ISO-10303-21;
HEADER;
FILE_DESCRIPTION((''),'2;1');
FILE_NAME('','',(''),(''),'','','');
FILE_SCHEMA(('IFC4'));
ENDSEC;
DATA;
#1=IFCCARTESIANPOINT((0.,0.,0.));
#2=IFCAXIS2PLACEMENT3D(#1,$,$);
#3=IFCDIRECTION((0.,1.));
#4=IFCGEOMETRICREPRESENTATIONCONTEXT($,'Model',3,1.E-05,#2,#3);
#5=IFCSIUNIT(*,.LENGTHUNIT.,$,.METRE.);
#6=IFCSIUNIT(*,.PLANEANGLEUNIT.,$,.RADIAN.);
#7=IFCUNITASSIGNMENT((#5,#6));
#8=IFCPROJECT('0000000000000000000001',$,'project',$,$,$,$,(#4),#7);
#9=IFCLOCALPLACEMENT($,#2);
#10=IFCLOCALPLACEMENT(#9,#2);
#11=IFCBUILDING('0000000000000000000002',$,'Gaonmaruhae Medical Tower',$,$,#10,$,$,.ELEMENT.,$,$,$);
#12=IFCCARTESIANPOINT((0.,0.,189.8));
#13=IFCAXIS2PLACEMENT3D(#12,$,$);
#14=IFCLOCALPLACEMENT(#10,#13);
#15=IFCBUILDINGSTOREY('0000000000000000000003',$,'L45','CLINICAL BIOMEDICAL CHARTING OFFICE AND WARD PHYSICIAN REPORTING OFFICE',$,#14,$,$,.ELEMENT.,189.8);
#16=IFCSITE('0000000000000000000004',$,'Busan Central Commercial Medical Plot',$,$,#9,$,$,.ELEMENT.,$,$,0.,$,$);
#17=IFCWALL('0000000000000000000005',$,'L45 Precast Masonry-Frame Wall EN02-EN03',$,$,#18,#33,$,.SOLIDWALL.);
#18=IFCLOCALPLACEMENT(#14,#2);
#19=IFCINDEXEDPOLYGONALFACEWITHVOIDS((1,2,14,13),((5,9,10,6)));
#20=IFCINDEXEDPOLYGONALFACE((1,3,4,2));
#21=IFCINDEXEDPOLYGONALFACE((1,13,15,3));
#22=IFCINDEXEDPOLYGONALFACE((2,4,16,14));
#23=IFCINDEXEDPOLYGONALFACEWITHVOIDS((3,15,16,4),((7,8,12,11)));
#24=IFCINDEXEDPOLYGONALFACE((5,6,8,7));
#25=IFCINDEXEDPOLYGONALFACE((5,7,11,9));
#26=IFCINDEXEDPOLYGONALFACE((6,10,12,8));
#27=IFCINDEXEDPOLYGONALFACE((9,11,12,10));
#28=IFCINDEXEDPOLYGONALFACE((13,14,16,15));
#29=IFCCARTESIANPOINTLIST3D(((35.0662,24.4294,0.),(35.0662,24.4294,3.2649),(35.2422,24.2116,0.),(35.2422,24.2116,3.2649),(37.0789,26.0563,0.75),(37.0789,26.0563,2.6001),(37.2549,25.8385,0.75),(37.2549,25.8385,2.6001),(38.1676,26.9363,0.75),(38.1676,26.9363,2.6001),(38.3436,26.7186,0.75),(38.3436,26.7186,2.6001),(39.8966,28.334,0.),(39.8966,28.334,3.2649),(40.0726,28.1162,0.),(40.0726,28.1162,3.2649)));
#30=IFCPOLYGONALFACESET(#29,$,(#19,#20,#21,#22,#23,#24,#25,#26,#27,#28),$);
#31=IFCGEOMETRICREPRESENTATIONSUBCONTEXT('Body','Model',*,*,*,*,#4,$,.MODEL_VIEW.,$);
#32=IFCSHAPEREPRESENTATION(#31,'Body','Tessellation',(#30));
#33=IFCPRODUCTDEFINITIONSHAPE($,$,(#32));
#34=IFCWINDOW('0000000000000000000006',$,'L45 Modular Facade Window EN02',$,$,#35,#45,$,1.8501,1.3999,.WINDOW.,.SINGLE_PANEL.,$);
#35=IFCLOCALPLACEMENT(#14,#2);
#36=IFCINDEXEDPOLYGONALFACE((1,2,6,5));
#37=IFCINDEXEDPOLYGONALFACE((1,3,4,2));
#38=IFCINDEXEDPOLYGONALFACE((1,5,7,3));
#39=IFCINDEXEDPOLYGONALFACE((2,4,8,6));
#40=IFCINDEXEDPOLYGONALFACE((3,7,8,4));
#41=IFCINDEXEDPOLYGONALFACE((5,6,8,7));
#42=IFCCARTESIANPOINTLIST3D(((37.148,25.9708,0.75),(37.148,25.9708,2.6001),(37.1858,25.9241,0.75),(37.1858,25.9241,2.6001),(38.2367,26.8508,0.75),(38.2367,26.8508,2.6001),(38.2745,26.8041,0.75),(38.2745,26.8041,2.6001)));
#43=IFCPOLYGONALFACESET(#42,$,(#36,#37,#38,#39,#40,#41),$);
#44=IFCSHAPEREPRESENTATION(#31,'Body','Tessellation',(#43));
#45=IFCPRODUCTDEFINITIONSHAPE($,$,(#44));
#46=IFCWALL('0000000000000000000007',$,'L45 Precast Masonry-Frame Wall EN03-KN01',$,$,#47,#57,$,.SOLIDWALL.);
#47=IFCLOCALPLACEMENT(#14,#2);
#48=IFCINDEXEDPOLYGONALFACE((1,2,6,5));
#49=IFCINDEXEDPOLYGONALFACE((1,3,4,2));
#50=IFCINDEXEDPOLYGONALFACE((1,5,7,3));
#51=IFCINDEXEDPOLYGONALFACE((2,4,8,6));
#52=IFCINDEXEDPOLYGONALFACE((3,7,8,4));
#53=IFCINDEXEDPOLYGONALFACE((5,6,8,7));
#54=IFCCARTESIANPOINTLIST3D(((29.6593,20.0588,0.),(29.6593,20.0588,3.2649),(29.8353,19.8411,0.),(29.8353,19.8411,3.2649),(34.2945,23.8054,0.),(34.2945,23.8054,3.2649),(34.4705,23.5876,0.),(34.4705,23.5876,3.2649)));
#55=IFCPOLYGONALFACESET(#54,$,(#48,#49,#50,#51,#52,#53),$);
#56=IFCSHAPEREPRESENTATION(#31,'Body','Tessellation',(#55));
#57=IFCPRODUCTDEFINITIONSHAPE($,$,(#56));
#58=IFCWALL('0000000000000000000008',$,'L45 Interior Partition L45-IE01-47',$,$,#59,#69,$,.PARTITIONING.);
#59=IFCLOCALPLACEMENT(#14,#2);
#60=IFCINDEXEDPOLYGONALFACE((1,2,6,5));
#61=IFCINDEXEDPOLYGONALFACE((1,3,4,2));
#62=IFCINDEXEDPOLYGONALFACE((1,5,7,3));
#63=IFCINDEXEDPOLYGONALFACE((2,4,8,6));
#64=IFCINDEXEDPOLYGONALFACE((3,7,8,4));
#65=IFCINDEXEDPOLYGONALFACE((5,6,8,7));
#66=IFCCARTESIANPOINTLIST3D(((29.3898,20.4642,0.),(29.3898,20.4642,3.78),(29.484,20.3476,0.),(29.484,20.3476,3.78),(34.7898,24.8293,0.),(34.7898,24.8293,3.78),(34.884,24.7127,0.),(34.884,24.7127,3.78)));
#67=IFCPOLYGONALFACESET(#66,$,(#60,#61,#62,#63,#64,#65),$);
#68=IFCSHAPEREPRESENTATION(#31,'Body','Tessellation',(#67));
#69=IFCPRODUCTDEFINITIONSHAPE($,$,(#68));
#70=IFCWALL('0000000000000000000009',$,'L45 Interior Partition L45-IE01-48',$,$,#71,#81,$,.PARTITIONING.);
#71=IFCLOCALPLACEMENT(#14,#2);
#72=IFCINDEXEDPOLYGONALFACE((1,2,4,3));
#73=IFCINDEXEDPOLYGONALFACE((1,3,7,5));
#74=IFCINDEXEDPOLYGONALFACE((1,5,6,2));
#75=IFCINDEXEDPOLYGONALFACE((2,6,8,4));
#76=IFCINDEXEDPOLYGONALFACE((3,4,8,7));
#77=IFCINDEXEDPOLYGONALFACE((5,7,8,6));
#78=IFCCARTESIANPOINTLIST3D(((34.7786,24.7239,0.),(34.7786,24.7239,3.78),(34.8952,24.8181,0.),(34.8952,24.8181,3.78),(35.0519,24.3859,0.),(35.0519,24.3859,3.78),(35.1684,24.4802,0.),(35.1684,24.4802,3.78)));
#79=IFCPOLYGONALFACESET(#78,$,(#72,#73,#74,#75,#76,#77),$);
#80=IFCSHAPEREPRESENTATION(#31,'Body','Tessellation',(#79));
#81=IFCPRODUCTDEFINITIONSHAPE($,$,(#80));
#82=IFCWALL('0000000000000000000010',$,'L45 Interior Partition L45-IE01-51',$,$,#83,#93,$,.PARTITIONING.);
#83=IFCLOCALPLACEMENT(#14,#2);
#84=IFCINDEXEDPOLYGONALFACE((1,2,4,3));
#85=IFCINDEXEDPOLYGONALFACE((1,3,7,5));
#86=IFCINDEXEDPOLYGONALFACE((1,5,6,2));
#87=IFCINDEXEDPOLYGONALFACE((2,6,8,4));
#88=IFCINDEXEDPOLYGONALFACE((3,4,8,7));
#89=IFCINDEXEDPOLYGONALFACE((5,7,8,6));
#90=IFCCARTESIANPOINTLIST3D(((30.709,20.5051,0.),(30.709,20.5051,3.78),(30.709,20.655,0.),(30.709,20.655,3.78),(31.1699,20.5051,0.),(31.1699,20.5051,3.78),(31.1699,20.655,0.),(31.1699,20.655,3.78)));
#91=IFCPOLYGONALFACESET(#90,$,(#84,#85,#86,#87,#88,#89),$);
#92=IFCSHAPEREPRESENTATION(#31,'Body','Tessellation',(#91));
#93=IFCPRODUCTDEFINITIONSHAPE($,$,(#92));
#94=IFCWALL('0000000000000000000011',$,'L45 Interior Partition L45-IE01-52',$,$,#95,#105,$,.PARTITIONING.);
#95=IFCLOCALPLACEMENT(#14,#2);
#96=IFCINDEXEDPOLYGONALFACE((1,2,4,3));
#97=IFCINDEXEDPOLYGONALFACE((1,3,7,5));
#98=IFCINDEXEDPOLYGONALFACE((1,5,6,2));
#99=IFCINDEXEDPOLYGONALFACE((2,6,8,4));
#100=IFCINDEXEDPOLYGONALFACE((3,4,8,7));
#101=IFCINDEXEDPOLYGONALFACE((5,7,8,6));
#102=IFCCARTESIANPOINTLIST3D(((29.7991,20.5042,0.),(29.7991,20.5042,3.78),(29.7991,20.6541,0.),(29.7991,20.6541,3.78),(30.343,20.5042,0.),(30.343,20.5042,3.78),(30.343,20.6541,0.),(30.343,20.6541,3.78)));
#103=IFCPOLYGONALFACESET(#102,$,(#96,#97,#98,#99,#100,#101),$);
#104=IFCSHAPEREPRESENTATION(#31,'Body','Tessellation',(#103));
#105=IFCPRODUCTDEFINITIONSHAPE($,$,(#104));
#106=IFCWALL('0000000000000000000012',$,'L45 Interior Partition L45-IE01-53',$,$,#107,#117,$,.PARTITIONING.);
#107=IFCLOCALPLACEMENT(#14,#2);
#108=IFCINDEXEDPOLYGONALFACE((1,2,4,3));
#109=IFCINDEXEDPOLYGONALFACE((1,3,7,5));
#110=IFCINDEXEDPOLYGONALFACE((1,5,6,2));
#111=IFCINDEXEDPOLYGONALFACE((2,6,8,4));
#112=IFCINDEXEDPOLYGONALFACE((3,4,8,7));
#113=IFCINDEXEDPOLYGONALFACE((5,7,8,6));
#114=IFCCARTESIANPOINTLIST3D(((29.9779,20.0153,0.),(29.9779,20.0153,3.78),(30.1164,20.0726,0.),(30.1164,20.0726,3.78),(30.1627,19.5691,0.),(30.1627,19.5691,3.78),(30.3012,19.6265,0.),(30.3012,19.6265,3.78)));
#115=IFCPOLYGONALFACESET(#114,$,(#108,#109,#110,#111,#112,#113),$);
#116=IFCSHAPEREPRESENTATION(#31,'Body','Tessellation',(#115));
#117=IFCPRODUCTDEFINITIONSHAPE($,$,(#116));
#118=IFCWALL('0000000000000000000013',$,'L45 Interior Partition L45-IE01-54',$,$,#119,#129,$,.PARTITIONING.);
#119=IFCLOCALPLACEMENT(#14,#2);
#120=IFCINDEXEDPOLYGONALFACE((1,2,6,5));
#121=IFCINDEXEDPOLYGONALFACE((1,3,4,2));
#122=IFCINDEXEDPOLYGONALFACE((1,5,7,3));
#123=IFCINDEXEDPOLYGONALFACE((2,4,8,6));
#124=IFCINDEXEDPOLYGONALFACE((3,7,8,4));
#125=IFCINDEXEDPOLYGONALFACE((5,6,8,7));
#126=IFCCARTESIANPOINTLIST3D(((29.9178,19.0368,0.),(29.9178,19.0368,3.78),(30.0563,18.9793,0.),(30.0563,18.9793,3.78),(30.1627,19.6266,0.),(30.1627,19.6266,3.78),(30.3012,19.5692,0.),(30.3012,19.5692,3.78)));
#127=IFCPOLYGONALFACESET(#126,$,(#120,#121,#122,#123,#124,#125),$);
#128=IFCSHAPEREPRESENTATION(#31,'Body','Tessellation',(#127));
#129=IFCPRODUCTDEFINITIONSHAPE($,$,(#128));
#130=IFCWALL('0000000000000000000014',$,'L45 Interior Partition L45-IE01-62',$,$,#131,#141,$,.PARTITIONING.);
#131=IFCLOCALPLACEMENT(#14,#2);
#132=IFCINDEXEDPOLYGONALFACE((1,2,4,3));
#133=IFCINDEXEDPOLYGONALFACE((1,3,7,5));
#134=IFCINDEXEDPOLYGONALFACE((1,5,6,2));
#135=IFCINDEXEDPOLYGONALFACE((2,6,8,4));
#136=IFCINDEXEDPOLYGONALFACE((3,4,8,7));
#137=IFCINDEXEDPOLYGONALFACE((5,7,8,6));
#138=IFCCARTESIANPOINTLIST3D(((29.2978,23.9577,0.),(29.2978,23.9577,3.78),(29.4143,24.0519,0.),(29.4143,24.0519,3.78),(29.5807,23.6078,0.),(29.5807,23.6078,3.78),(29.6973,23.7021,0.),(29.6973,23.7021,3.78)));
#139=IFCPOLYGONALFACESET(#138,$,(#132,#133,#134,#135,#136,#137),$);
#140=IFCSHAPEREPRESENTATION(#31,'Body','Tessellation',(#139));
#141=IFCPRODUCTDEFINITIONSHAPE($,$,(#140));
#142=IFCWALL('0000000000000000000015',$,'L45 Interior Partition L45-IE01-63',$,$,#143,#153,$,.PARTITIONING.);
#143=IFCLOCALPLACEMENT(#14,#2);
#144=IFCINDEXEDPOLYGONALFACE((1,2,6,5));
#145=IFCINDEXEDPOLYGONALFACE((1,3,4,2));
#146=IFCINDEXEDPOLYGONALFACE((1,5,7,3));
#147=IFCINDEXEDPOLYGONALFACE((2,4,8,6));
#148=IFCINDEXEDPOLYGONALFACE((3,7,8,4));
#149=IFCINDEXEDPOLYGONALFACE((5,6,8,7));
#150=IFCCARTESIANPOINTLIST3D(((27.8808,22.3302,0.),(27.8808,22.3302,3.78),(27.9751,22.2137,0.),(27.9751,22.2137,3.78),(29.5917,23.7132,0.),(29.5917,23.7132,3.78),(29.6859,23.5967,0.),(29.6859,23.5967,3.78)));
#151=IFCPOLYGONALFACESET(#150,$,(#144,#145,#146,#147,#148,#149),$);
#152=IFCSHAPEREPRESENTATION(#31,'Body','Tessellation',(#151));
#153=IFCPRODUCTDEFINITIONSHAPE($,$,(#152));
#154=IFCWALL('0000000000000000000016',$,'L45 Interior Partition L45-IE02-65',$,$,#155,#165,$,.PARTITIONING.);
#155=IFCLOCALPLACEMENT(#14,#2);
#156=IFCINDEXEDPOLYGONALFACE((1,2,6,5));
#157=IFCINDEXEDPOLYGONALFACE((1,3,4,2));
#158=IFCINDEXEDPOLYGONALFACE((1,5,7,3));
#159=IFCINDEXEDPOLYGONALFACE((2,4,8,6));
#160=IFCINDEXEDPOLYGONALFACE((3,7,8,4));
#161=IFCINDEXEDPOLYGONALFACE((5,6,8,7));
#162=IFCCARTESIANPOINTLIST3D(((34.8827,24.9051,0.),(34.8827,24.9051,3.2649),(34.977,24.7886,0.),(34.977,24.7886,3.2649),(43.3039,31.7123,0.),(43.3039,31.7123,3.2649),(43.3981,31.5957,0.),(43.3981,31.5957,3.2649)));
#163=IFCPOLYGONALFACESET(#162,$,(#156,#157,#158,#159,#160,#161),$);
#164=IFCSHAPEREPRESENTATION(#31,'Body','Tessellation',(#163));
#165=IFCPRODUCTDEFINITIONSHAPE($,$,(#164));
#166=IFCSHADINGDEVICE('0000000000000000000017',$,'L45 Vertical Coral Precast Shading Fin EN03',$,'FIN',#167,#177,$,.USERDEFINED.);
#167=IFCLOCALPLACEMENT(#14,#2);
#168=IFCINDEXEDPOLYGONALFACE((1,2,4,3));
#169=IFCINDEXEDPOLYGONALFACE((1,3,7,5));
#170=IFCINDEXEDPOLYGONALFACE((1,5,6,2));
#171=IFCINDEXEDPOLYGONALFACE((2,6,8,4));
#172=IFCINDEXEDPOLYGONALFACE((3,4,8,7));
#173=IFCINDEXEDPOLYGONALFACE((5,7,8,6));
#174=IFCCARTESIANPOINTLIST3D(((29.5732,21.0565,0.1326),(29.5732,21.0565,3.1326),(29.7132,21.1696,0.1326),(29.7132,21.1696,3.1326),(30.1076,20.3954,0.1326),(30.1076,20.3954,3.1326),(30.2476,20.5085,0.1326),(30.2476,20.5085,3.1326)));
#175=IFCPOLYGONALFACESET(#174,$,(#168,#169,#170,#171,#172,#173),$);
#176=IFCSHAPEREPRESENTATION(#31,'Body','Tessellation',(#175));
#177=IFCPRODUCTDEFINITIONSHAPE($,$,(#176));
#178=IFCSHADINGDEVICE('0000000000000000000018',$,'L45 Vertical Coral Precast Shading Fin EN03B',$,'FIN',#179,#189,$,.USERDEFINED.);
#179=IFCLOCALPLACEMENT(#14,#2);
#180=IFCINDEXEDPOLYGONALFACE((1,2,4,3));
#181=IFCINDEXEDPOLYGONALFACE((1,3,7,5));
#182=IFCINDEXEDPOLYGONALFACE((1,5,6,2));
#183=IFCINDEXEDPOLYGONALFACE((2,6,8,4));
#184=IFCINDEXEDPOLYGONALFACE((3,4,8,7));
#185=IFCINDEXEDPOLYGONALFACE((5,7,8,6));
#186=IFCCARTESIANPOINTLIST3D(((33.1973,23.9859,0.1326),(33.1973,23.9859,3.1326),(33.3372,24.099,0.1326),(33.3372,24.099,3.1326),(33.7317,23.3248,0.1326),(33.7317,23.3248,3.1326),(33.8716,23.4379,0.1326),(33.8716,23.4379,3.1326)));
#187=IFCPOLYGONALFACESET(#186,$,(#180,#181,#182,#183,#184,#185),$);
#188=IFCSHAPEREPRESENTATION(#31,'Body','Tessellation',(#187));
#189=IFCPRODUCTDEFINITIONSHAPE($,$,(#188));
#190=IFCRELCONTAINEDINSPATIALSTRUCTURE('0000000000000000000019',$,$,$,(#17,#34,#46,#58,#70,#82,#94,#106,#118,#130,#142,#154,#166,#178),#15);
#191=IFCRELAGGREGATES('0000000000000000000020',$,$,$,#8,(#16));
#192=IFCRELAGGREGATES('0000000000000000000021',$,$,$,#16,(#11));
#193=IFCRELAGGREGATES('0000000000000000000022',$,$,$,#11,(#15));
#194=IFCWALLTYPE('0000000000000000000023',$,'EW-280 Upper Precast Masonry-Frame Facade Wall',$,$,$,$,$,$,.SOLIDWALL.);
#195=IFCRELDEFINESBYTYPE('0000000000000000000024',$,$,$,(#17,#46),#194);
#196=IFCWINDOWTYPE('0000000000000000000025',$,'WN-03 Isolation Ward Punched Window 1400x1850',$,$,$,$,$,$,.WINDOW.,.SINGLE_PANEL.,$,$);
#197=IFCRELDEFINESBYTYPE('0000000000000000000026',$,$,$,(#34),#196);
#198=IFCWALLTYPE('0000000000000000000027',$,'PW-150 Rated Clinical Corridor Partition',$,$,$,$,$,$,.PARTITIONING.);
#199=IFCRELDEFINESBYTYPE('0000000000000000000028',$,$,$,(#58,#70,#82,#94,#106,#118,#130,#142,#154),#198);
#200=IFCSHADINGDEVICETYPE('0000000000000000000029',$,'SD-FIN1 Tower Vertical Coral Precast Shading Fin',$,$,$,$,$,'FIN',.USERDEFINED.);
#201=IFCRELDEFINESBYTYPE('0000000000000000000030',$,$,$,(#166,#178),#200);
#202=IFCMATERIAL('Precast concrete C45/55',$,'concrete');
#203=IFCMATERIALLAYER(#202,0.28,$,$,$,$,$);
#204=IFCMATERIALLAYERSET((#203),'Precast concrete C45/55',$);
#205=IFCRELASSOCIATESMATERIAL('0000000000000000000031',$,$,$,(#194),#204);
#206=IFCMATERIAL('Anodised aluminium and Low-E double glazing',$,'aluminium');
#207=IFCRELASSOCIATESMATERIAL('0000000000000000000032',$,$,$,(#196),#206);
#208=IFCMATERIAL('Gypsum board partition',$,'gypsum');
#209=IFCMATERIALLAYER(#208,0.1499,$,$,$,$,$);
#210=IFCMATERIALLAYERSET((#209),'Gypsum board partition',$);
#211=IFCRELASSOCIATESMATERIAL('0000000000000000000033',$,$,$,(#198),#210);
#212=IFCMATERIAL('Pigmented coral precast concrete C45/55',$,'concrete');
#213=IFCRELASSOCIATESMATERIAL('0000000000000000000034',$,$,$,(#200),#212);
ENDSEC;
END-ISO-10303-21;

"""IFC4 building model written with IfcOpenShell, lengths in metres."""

from ifc_helpers import new_model, si_unit, direction, frame, frame_2d, origin, origin_2d, place, context, subcontext, project, spatial, rectangle, extrude, material, layer, layer_set, type_object, element, fill, save


model = new_model("IFC4")

# Units and contexts
model_context = context("Model", 3, precision=1e-05, world=origin(), true_north=direction((0.0, 1.0)))
body_context = subcontext(model_context, "Body", "Model", "MODEL_VIEW")
ifc_project = project(units=[si_unit("LENGTHUNIT", "METRE"), si_unit("PLANEANGLEUNIT", "RADIAN")], contexts=[model_context])

# Site, building, storey
site_placement = place(None, origin())
site = spatial("IfcSite", under=ifc_project, at=site_placement, Name="Busan Central Commercial Medical Plot", CompositionType="ELEMENT", RefElevation=0.0)
building_placement = place(site_placement, origin())
building = spatial("IfcBuilding", under=site, at=building_placement, Name="Gaonmaruhae Medical Tower", CompositionType="ELEMENT")
storey_placement = place(building_placement, frame((0.0, 0.0, 189.8)))
storey = spatial("IfcBuildingStorey", under=building, at=storey_placement, Name="L45", Description="CLINICAL BIOMEDICAL CHARTING OFFICE AND WARD PHYSICIAN REPORTING OFFICE", CompositionType="ELEMENT", Elevation=189.8)

# Wall, opening, window
ifc_material_1 = material(Name="Precast concrete C45/55", Category="concrete")
ifc_layer_1 = layer(ifc_material_1, 0.28)
ifc_layer_set_1 = layer_set([ifc_layer_1], Name="Precast concrete C45/55")
wall_type_1 = type_object("IfcWallType", Name="EW-280 Upper Precast Masonry-Frame Facade Wall", PredefinedType="SOLIDWALL", material=ifc_layer_set_1)
wall_1_placement = place(storey_placement, frame((35.1543, 24.3206, 0.0), z_axis=(0.0, 0.0, 1.0), x_axis=(0.777695, 0.628642, 0.0)))
wall_1 = element("IfcWall", 1, at=wall_1_placement, inside=storey, type_object=wall_type_1, Name="L45 Precast Masonry-Frame Wall EN02-EN03", PredefinedType="SOLIDWALL", context=body_context, shape_type="SweptSolid", body=[
    extrude(rectangle(XDim=6.2112, YDim=0.28, at=frame_2d((3.1055, 0.0))), origin(), (0.0, 0.0, 1.0), 3.2649),
])
opening_placement = place(wall_1_placement, frame((2.5879, 0.0, 0.75)))
opening = element("IfcOpeningElement", 2, at=opening_placement, cuts=wall_1, PredefinedType="OPENING", context=body_context, shape_type="SweptSolid", body=[
    extrude(rectangle(XDim=1.3999, YDim=1.8501, at=frame_2d((0.7, 0.925))), frame((0.0, 0.1499, 0.0), z_axis=(0.0, -1.0, 0.0), x_axis=(1.0, 0.0, 0.0)), (0.0, 0.0, 1.0), 0.3),
])
ifc_material_2 = material(Name="Anodised aluminium and Low-E double glazing", Category="aluminium")
window_type = type_object("IfcWindowType", Name="WN-03 Isolation Ward Punched Window 1400x1850", PartitioningType="SINGLE_PANEL", PredefinedType="WINDOW", material=ifc_material_2)
window_placement = place(opening_placement, origin())
window = element("IfcWindow", 3, at=window_placement, inside=storey, type_object=window_type, Name="L45 Modular Facade Window EN02", OverallHeight=1.8501, OverallWidth=1.3999, PartitioningType="SINGLE_PANEL", PredefinedType="WINDOW", context=body_context, shape_type="SweptSolid", body=[
    extrude(rectangle(XDim=1.3999, YDim=1.8501, at=frame_2d((0.7, 0.925))), frame((0.0, 0.03, 0.0), z_axis=(0.0, -1.0, 0.0), x_axis=(1.0, 0.0, 0.0)), (0.0, 0.0, 1.0), 0.0601),
])
fill(opening, window)

# Walls
wall_2_placement = place(storey_placement, frame((29.7473, 19.95, 0.0), z_axis=(0.0, 0.0, 1.0), x_axis=(0.777718, 0.628614, 0.0)))
element("IfcWall", 4, at=wall_2_placement, inside=storey, type_object=wall_type_1, Name="L45 Precast Masonry-Frame Wall EN03-KN01", PredefinedType="SOLIDWALL", context=body_context, shape_type="SweptSolid", body=[
    extrude(rectangle(XDim=5.96, YDim=0.28, at=frame_2d((2.98, 0.0))), origin(), (0.0, 0.0, 1.0), 3.2649),
])
ifc_material_3 = material(Name="Gypsum board partition", Category="gypsum")
ifc_layer_2 = layer(ifc_material_3, 0.1499)
ifc_layer_set_2 = layer_set([ifc_layer_2], Name="Gypsum board partition")
wall_type_2 = type_object("IfcWallType", Name="PW-150 Rated Clinical Corridor Partition", PredefinedType="PARTITIONING", material=ifc_layer_set_2)
wall_3_placement = place(storey_placement, frame((29.437, 20.406, 0.0), z_axis=(0.0, 0.0, 1.0), x_axis=(0.777693, 0.628645, 0.0)))
element("IfcWall", 5, at=wall_3_placement, inside=storey, type_object=wall_type_2, Name="L45 Interior Partition L45-IE01-47", PredefinedType="PARTITIONING", context=body_context, shape_type="SweptSolid", body=[
    extrude(rectangle(XDim=6.9436, YDim=0.1499, at=frame_2d((3.4717, 0.0))), origin(), (0.0, 0.0, 1.0), 3.78),
])
wall_4_placement = place(storey_placement, frame((34.8369, 24.771, 0.0), z_axis=(0.0, 0.0, 1.0), x_axis=(0.628729, -0.777624, 0.0)))
element("IfcWall", 6, at=wall_4_placement, inside=storey, type_object=wall_type_2, Name="L45 Interior Partition L45-IE01-48", PredefinedType="PARTITIONING", context=body_context, shape_type="SweptSolid", body=[
    extrude(rectangle(XDim=0.4346, YDim=0.1499, at=frame_2d((0.2173, 0.0))), origin(), (0.0, 0.0, 1.0), 3.78),
])
wall_5_placement = place(storey_placement, frame((31.1699, 20.5801, 0.0), z_axis=(0.0, 0.0, 1.0), x_axis=(-1.0, 0.0, 0.0)))
element("IfcWall", 7, at=wall_5_placement, inside=storey, type_object=wall_type_2, Name="L45 Interior Partition L45-IE01-51", PredefinedType="PARTITIONING", context=body_context, shape_type="SweptSolid", body=[
    extrude(rectangle(XDim=0.4609, YDim=0.1499, at=frame_2d((0.2305, 0.0))), origin(), (0.0, 0.0, 1.0), 3.78),
])
wall_6_placement = place(storey_placement, frame((30.343, 20.5791, 0.0), z_axis=(0.0, 0.0, 1.0), x_axis=(-1.0, 0.0, 0.0)))
element("IfcWall", 8, at=wall_6_placement, inside=storey, type_object=wall_type_2, Name="L45 Interior Partition L45-IE01-52", PredefinedType="PARTITIONING", context=body_context, shape_type="SweptSolid", body=[
    extrude(rectangle(XDim=0.5439, YDim=0.1499, at=frame_2d((0.272, 0.0))), origin(), (0.0, 0.0, 1.0), 3.78),
])
wall_7_placement = place(storey_placement, frame((30.0471, 20.0439, 0.0), z_axis=(0.0, 0.0, 1.0), x_axis=(0.382783, -0.923838, 0.0)))
element("IfcWall", 9, at=wall_7_placement, inside=storey, type_object=wall_type_2, Name="L45 Interior Partition L45-IE01-53", PredefinedType="PARTITIONING", context=body_context, shape_type="SweptSolid", body=[
    extrude(rectangle(XDim=0.4829, YDim=0.1499, at=frame_2d((0.2415, 0.0))), origin(), (0.0, 0.0, 1.0), 3.78),
])
wall_8_placement = place(storey_placement, frame((30.2319, 19.5979, 0.0), z_axis=(0.0, 0.0, 1.0), x_axis=(-0.383421, -0.923574, 0.0)))
element("IfcWall", 10, at=wall_8_placement, inside=storey, type_object=wall_type_2, Name="L45 Interior Partition L45-IE01-54", PredefinedType="PARTITIONING", context=body_context, shape_type="SweptSolid", body=[
    extrude(rectangle(XDim=0.6387, YDim=0.1499, at=frame_2d((0.3193, 0.0))), origin(), (0.0, 0.0, 1.0), 3.78),
])
wall_9_placement = place(storey_placement, frame((29.356, 24.0049, 0.0), z_axis=(0.0, 0.0, 1.0), x_axis=(0.628855, -0.777523, 0.0)))
element("IfcWall", 11, at=wall_9_placement, inside=storey, type_object=wall_type_2, Name="L45 Interior Partition L45-IE01-62", PredefinedType="PARTITIONING", context=body_context, shape_type="SweptSolid", body=[
    extrude(rectangle(XDim=0.45, YDim=0.1499, at=frame_2d((0.2251, 0.0))), origin(), (0.0, 0.0, 1.0), 3.78),
])
wall_10_placement = place(storey_placement, frame((29.6389, 23.655, 0.0), z_axis=(0.0, 0.0, 1.0), x_axis=(-0.777687, -0.628652, 0.0)))
element("IfcWall", 12, at=wall_10_placement, inside=storey, type_object=wall_type_2, Name="L45 Interior Partition L45-IE01-63", PredefinedType="PARTITIONING", context=body_context, shape_type="SweptSolid", body=[
    extrude(rectangle(XDim=2.2, YDim=0.1499, at=frame_2d((1.1001, 0.0))), origin(), (0.0, 0.0, 1.0), 3.78),
])
wall_11_placement = place(storey_placement, frame((34.9299, 24.8469, 0.0), z_axis=(0.0, 0.0, 1.0), x_axis=(0.777696, 0.628641, 0.0)))
element("IfcWall", 13, at=wall_11_placement, inside=storey, type_object=wall_type_2, Name="L45 Interior Partition L45-IE02-65", PredefinedType="PARTITIONING", context=body_context, shape_type="SweptSolid", body=[
    extrude(rectangle(XDim=10.8284, YDim=0.1499, at=frame_2d((5.4141, 0.0))), origin(), (0.0, 0.0, 1.0), 3.2649),
])

# Shading devices
ifc_material_4 = material(Name="Pigmented coral precast concrete C45/55", Category="concrete")
shading_device_type = type_object("IfcShadingDeviceType", Name="SD-FIN1 Tower Vertical Coral Precast Shading Fin", ElementType="FIN", PredefinedType="USERDEFINED", material=ifc_material_4)
for number, where, z_axis, x_axis, name in (
    (14, (29.9104, 20.7825, 0.1326), (0.0, 0.0, 1.0), (0.777695, 0.628642, 0.0), "L45 Vertical Coral Precast Shading Fin EN03"),
    (15, (33.5344, 23.7119, 0.1326), (0.0, 0.0, 1.0), (0.777695, 0.628642, 0.0), "L45 Vertical Coral Precast Shading Fin EN03B"),
):
    element("IfcShadingDevice", number, at=place(storey_placement, frame(where, z_axis=z_axis, x_axis=x_axis)), inside=storey, type_object=shading_device_type, Name=name, ObjectType="FIN", PredefinedType="USERDEFINED", context=body_context, shape_type="SweptSolid", body=[
        extrude(rectangle(XDim=0.1799, YDim=0.8501, at=origin_2d()), origin(), (0.0, 0.0, 1.0), 3.0),
    ])

save(model, "model.ifc")
